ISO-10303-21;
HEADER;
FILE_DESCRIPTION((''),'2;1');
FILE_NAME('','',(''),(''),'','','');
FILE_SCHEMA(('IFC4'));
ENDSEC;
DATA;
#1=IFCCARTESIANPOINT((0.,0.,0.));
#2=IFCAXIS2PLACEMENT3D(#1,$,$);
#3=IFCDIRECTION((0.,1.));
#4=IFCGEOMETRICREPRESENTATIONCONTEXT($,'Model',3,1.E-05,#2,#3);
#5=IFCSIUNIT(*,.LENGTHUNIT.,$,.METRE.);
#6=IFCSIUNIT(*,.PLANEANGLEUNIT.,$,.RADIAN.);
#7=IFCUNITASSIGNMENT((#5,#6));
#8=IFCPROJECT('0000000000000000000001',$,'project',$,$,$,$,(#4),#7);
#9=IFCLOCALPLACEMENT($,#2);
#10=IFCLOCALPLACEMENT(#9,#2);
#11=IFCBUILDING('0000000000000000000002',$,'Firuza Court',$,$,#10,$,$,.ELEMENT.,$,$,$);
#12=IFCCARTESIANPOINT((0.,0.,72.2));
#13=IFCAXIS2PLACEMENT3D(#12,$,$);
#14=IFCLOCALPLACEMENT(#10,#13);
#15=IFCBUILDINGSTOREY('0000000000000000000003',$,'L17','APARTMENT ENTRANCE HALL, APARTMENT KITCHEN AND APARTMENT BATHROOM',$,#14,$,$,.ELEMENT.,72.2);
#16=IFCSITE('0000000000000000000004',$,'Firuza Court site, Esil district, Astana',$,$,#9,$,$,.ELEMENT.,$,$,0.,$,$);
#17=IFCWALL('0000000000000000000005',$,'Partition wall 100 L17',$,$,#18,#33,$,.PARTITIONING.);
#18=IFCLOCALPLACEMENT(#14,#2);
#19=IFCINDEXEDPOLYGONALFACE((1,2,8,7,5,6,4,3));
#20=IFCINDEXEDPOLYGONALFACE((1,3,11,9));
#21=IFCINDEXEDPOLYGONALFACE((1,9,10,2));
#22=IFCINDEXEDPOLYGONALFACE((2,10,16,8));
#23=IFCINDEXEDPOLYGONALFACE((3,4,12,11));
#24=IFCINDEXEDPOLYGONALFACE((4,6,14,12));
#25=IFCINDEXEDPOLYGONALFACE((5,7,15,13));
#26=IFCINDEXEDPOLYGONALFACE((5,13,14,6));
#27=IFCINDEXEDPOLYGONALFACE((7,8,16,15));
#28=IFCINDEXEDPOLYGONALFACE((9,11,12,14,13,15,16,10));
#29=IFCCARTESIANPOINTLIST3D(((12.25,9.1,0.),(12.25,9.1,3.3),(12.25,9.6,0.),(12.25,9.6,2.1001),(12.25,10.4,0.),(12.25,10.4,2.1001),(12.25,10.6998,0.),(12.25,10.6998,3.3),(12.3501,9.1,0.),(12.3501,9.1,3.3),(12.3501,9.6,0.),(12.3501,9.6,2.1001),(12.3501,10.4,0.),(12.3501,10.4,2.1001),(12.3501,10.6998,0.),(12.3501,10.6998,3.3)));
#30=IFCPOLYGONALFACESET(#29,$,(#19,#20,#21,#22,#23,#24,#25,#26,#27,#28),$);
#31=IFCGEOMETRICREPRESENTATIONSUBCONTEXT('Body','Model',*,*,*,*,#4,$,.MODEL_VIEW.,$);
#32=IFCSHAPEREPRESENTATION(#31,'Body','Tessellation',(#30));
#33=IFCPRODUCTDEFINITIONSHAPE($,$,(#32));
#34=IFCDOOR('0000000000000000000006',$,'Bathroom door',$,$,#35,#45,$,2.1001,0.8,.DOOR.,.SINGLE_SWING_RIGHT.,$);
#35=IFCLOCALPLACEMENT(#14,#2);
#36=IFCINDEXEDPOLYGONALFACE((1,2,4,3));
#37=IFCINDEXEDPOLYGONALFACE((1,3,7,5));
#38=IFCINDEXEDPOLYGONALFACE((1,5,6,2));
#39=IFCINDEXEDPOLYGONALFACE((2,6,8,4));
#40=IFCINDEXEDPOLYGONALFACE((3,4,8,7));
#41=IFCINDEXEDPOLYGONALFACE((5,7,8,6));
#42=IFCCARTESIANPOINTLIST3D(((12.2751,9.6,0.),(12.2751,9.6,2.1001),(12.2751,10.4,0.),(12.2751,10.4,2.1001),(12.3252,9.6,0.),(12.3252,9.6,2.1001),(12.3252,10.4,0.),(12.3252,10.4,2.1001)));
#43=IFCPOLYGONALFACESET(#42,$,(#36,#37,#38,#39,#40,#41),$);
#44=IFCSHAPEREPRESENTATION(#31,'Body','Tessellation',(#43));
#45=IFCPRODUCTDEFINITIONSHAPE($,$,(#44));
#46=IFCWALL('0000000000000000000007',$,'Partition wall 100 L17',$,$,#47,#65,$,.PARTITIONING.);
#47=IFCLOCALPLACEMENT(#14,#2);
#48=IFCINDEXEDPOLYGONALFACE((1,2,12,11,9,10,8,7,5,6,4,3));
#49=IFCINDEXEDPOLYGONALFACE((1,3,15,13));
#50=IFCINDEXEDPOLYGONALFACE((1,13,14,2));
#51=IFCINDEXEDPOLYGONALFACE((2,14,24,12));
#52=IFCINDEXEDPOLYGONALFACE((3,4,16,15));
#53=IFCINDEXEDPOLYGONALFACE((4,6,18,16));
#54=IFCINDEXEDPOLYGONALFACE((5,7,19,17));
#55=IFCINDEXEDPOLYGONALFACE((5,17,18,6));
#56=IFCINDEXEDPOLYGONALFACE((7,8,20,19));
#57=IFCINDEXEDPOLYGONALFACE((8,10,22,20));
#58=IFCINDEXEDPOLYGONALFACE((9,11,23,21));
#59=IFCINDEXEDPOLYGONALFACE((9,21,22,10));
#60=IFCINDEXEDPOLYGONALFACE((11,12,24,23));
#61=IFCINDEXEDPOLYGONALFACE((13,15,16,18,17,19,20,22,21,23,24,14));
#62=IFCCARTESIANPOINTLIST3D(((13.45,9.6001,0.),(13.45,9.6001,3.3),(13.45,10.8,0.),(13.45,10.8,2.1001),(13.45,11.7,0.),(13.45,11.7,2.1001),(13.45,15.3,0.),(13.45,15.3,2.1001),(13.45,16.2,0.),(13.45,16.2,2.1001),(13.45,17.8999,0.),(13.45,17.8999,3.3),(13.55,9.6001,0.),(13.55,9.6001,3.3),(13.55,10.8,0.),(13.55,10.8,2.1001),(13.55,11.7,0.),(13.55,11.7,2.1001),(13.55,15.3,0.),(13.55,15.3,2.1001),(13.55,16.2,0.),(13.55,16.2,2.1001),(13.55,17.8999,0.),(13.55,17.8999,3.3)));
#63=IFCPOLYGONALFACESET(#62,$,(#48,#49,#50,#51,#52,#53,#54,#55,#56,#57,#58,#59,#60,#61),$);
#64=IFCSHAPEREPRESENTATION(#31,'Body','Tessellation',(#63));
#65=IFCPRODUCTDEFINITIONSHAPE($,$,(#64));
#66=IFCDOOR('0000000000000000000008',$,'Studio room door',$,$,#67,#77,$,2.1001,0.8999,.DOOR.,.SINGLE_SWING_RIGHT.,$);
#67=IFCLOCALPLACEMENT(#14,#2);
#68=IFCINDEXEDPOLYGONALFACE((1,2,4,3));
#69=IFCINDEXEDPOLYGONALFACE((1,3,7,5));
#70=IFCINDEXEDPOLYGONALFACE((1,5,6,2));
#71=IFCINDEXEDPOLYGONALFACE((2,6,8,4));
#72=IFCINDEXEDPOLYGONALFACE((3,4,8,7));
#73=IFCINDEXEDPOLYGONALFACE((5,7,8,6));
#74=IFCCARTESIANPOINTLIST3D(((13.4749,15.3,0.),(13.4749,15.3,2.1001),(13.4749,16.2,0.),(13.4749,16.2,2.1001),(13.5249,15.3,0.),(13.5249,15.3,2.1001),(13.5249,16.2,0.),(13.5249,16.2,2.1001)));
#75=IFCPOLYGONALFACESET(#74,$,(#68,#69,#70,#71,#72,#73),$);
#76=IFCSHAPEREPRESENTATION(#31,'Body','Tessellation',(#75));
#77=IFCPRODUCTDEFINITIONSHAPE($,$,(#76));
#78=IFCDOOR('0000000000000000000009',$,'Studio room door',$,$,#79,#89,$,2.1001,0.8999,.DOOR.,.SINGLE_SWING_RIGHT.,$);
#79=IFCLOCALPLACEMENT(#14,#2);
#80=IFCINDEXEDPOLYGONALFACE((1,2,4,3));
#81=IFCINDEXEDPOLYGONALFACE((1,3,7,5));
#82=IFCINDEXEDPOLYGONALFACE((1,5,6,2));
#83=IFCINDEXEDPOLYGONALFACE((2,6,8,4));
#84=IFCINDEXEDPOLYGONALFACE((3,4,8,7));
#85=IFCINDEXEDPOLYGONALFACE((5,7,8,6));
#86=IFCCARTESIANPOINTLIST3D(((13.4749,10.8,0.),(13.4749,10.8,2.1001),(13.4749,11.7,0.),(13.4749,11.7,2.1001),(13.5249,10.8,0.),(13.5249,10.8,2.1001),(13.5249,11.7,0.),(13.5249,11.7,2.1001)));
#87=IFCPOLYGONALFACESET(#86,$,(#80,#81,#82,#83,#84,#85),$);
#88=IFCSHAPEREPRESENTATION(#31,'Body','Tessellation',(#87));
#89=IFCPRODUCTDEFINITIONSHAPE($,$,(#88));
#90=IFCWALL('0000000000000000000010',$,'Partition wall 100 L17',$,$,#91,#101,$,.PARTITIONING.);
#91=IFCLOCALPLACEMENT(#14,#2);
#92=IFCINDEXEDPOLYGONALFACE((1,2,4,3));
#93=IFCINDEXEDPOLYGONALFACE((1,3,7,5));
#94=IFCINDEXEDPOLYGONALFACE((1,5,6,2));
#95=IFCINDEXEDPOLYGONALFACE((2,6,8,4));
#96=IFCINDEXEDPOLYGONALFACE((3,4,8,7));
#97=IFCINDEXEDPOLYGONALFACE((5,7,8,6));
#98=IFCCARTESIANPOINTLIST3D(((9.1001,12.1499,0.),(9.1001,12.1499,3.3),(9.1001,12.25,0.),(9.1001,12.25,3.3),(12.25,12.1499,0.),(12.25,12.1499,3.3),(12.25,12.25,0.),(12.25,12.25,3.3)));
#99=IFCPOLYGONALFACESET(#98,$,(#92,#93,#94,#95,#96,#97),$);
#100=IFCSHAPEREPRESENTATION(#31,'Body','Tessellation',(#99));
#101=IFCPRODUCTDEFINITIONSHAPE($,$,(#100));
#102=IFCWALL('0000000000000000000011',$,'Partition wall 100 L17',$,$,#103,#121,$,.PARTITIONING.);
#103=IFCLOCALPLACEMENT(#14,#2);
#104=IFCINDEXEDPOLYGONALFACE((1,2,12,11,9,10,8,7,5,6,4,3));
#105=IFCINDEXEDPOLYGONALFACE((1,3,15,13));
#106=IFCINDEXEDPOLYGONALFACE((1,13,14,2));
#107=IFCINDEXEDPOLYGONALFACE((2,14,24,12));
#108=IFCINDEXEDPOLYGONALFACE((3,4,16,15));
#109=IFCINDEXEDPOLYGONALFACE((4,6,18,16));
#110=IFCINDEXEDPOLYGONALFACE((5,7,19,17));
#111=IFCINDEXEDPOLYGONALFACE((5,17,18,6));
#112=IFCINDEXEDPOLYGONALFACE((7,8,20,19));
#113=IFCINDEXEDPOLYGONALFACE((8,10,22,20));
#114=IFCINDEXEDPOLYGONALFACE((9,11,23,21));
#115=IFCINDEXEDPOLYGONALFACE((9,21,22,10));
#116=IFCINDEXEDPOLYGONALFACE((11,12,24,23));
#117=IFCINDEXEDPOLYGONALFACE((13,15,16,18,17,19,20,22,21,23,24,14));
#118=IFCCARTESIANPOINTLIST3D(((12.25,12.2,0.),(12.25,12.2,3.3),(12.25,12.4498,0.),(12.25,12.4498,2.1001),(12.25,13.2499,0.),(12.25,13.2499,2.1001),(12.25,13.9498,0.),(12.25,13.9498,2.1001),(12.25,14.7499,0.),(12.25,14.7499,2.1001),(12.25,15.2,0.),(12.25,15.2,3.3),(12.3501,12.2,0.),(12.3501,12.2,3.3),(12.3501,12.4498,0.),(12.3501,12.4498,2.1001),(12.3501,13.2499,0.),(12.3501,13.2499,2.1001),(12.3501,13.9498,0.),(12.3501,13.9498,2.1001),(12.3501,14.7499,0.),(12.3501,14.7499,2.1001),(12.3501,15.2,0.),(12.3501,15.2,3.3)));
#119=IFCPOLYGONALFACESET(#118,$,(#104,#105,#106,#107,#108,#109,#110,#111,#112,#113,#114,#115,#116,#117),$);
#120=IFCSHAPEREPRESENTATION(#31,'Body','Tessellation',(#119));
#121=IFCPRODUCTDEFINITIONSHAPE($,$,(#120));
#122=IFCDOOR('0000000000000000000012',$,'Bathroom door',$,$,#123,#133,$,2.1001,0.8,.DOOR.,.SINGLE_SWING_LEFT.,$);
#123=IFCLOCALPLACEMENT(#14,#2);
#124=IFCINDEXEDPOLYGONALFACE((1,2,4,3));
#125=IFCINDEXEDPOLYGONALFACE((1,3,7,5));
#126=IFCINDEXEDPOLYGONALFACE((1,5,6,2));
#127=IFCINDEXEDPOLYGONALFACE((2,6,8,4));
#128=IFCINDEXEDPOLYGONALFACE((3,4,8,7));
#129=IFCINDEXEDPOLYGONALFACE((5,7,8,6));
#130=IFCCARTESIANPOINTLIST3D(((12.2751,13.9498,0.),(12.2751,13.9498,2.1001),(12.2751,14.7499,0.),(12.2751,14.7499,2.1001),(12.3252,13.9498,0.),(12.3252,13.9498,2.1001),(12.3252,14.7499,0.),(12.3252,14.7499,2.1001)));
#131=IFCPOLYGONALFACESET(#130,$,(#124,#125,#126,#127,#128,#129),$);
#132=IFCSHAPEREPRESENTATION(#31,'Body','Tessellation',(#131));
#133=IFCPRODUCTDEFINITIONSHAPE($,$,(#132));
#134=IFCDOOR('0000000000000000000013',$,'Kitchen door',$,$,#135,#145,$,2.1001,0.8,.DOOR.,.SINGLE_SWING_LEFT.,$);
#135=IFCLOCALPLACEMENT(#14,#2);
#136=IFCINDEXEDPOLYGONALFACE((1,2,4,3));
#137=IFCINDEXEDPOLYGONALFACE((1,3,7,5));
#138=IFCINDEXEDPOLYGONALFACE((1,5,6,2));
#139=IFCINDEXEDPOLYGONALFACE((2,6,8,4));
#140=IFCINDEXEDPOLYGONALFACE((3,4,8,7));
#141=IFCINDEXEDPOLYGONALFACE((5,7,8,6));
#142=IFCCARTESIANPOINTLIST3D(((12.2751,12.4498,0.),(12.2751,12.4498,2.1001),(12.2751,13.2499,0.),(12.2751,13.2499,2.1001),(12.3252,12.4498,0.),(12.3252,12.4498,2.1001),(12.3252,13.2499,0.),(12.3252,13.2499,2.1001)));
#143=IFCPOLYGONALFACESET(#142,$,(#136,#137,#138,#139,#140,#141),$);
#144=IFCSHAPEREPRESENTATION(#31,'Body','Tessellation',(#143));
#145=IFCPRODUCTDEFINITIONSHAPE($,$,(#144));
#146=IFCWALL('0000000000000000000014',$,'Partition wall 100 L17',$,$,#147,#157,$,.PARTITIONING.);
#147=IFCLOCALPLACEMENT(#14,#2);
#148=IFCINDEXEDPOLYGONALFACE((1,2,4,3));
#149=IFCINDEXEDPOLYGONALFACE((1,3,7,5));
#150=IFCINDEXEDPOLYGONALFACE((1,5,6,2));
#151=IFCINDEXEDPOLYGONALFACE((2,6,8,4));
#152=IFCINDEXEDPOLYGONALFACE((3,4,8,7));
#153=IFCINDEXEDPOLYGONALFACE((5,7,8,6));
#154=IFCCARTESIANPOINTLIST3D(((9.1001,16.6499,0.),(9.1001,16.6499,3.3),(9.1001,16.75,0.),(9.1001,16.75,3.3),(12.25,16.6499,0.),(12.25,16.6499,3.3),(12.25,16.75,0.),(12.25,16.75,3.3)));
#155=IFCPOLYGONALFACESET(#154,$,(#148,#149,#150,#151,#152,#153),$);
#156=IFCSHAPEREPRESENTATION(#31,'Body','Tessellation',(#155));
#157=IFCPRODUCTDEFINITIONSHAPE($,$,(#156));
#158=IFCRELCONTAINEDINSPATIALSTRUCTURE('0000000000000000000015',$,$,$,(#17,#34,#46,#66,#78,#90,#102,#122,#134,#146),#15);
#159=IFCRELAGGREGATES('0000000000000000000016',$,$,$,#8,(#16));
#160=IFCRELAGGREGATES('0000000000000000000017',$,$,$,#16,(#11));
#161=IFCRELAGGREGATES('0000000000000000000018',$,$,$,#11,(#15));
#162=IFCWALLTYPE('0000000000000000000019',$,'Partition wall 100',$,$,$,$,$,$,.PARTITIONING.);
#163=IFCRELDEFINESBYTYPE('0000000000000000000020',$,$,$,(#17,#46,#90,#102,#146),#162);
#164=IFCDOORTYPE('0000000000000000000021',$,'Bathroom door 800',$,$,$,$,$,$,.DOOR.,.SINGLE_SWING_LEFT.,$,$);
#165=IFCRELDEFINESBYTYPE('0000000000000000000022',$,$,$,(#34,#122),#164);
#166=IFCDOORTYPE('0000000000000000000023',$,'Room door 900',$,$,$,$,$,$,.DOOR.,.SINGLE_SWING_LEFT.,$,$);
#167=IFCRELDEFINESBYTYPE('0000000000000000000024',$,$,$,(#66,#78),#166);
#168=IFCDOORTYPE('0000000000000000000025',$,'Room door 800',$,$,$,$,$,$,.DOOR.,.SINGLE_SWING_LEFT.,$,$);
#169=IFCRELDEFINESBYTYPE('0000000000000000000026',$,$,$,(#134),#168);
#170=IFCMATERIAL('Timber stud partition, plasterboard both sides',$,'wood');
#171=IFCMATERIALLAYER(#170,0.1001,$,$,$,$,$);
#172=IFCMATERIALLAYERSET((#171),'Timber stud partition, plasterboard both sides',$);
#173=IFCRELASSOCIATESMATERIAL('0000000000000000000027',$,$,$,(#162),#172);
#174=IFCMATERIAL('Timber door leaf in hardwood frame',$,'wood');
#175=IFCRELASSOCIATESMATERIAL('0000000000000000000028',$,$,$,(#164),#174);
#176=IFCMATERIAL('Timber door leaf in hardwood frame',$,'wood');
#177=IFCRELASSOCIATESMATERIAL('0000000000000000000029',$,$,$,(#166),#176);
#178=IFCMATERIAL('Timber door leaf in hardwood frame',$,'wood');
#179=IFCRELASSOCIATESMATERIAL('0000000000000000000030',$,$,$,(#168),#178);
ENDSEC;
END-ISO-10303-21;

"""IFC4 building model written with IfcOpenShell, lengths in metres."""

from ifc_helpers import new_model, si_unit, direction, frame, frame_2d, origin, place, context, subcontext, project, spatial, rectangle, extrude, material, layer, layer_set, type_object, element, fill, save


model = new_model("IFC4")

# Units and contexts
model_context = context("Model", 3, precision=1e-05, world=origin(), true_north=direction((0.0, 1.0)))
body_context = subcontext(model_context, "Body", "Model", "MODEL_VIEW")
ifc_project = project(units=[si_unit("LENGTHUNIT", "METRE"), si_unit("PLANEANGLEUNIT", "RADIAN")], contexts=[model_context])

# Site, building, storey
site_placement = place(None, origin())
site = spatial("IfcSite", under=ifc_project, at=site_placement, Name="Firuza Court site, Esil district, Astana", CompositionType="ELEMENT", RefElevation=0.0)
building_placement = place(site_placement, origin())
building = spatial("IfcBuilding", under=site, at=building_placement, Name="Firuza Court", CompositionType="ELEMENT")
storey_placement = place(building_placement, frame((0.0, 0.0, 72.2)))
storey = spatial("IfcBuildingStorey", under=building, at=storey_placement, Name="L17", Description="APARTMENT ENTRANCE HALL, APARTMENT KITCHEN AND APARTMENT BATHROOM", CompositionType="ELEMENT", Elevation=72.2)

# Wall, opening, door
ifc_material_1 = material(Name="Timber stud partition, plasterboard both sides", Category="wood")
ifc_layer_1 = layer(ifc_material_1, 0.1001)
ifc_layer_set_1 = layer_set([ifc_layer_1], Name="Timber stud partition, plasterboard both sides")
wall_type_1 = type_object("IfcWallType", Name="Partition wall 100", PredefinedType="PARTITIONING", material=ifc_layer_set_1)
wall_1_placement = place(storey_placement, frame((12.3, 9.1001, 0.0), z_axis=(0.0, 0.0, 1.0), x_axis=(0.0, 1.0, 0.0)))
wall_1 = element("IfcWall", 1, at=wall_1_placement, inside=storey, type_object=wall_type_1, Name="Partition wall 100 L17", PredefinedType="PARTITIONING", context=body_context, shape_type="SweptSolid", body=[
    extrude(rectangle(XDim=1.5999, YDim=0.1001, at=frame_2d((0.7998, 0.0))), origin(), (0.0, 0.0, 1.0), 3.3),
])
opening_1_placement = place(wall_1_placement, frame((0.5, 0.0, 0.0)))
opening_1 = element("IfcOpeningElement", 2, at=opening_1_placement, cuts=wall_1, PredefinedType="OPENING", context=body_context, shape_type="SweptSolid", body=[
    extrude(rectangle(XDim=0.8, YDim=2.1001, at=frame_2d((0.3999, 1.05))), frame((0.0, 0.062, 0.0), z_axis=(0.0, -1.0, 0.0), x_axis=(1.0, 0.0, 0.0)), (0.0, 0.0, 1.0), 0.124),
])
ifc_material_2 = material(Name="Timber door leaf in hardwood frame", Category="wood")
door_type_1 = type_object("IfcDoorType", Name="Bathroom door 800", OperationType="SINGLE_SWING_LEFT", PredefinedType="DOOR", material=ifc_material_2)
door_1_placement = place(opening_1_placement, origin())
door_1 = element("IfcDoor", 3, at=door_1_placement, inside=storey, type_object=door_type_1, Name="Bathroom door", OperationType="SINGLE_SWING_RIGHT", OverallHeight=2.1001, OverallWidth=0.8, PredefinedType="DOOR", context=body_context, shape_type="SweptSolid", body=[
    extrude(rectangle(XDim=0.8, YDim=2.1001, at=frame_2d((0.3999, 1.05))), frame((0.0, 0.0249, 0.0), z_axis=(0.0, -1.0, 0.0), x_axis=(1.0, 0.0, 0.0)), (0.0, 0.0, 1.0), 0.05),
])
fill(opening_1, door_1)

# Wall, openings, doors
wall_2_placement = place(storey_placement, frame((13.5, 9.6001, 0.0), z_axis=(0.0, 0.0, 1.0), x_axis=(0.0, 1.0, 0.0)))
wall_2 = element("IfcWall", 4, at=wall_2_placement, inside=storey, type_object=wall_type_1, Name="Partition wall 100 L17", PredefinedType="PARTITIONING", context=body_context, shape_type="SweptSolid", body=[
    extrude(rectangle(XDim=8.2998, YDim=0.1001, at=frame_2d((4.1499, 0.0))), origin(), (0.0, 0.0, 1.0), 3.3),
])
opening_2_placement = place(wall_2_placement, frame((5.7, 0.0, 0.0)))
opening_2 = element("IfcOpeningElement", 5, at=opening_2_placement, cuts=wall_2, PredefinedType="OPENING", context=body_context, shape_type="SweptSolid", body=[
    extrude(rectangle(XDim=0.8999, YDim=2.1001, at=frame_2d((0.45, 1.05))), frame((0.0, 0.062, 0.0), z_axis=(0.0, -1.0, 0.0), x_axis=(1.0, 0.0, 0.0)), (0.0, 0.0, 1.0), 0.124),
])
opening_3_placement = place(wall_2_placement, frame((1.2, 0.0, 0.0)))
opening_3 = element("IfcOpeningElement", 6, at=opening_3_placement, cuts=wall_2, PredefinedType="OPENING", context=body_context, shape_type="SweptSolid", body=[
    extrude(rectangle(XDim=0.8999, YDim=2.1001, at=frame_2d((0.45, 1.05))), frame((0.0, 0.062, 0.0), z_axis=(0.0, -1.0, 0.0), x_axis=(1.0, 0.0, 0.0)), (0.0, 0.0, 1.0), 0.124),
])
ifc_material_3 = material(Name="Timber door leaf in hardwood frame", Category="wood")
door_type_2 = type_object("IfcDoorType", Name="Room door 900", OperationType="SINGLE_SWING_LEFT", PredefinedType="DOOR", material=ifc_material_3)
door_2_placement = place(opening_2_placement, frame((0.8999, 0.0, 0.0), z_axis=(0.0, 0.0, 1.0), x_axis=(-1.0, 0.0, 0.0)))
door_2 = element("IfcDoor", 7, at=door_2_placement, inside=storey, type_object=door_type_2, Name="Studio room door", OperationType="SINGLE_SWING_RIGHT", OverallHeight=2.1001, OverallWidth=0.8999, PredefinedType="DOOR", context=body_context, shape_type="SweptSolid", body=[
    extrude(rectangle(XDim=0.8999, YDim=2.1001, at=frame_2d((0.45, 1.05))), frame((0.0, 0.0249, 0.0), z_axis=(0.0, -1.0, 0.0), x_axis=(1.0, 0.0, 0.0)), (0.0, 0.0, 1.0), 0.05),
])
fill(opening_2, door_2)
door_3_placement = place(opening_3_placement, frame((0.8999, 0.0, 0.0), z_axis=(0.0, 0.0, 1.0), x_axis=(-1.0, 0.0, 0.0)))
door_3 = element("IfcDoor", 8, at=door_3_placement, inside=storey, type_object=door_type_2, Name="Studio room door", OperationType="SINGLE_SWING_RIGHT", OverallHeight=2.1001, OverallWidth=0.8999, PredefinedType="DOOR", context=body_context, shape_type="SweptSolid", body=[
    extrude(rectangle(XDim=0.8999, YDim=2.1001, at=frame_2d((0.45, 1.05))), frame((0.0, 0.0249, 0.0), z_axis=(0.0, -1.0, 0.0), x_axis=(1.0, 0.0, 0.0)), (0.0, 0.0, 1.0), 0.05),
])
fill(opening_3, door_3)

# Wall
wall_3_placement = place(storey_placement, frame((9.1001, 12.2, 0.0), z_axis=(0.0, 0.0, 1.0), x_axis=(1.0, 0.0, 0.0)))
element("IfcWall", 9, at=wall_3_placement, inside=storey, type_object=wall_type_1, Name="Partition wall 100 L17", PredefinedType="PARTITIONING", context=body_context, shape_type="SweptSolid", body=[
    extrude(rectangle(XDim=3.1499, YDim=0.1001, at=frame_2d((1.575, 0.0))), origin(), (0.0, 0.0, 1.0), 3.3),
])

# Wall, openings, doors
wall_4_placement = place(storey_placement, frame((12.3, 12.2, 0.0), z_axis=(0.0, 0.0, 1.0), x_axis=(0.0, 1.0, 0.0)))
wall_4 = element("IfcWall", 10, at=wall_4_placement, inside=storey, type_object=wall_type_1, Name="Partition wall 100 L17", PredefinedType="PARTITIONING", context=body_context, shape_type="SweptSolid", body=[
    extrude(rectangle(XDim=3.0, YDim=0.1001, at=frame_2d((1.5, 0.0))), origin(), (0.0, 0.0, 1.0), 3.3),
])
opening_4_placement = place(wall_4_placement, frame((1.75, 0.0, 0.0)))
opening_4 = element("IfcOpeningElement", 11, at=opening_4_placement, cuts=wall_4, PredefinedType="OPENING", context=body_context, shape_type="SweptSolid", body=[
    extrude(rectangle(XDim=0.8, YDim=2.1001, at=frame_2d((0.3999, 1.05))), frame((0.0, 0.062, 0.0), z_axis=(0.0, -1.0, 0.0), x_axis=(1.0, 0.0, 0.0)), (0.0, 0.0, 1.0), 0.124),
])
opening_5_placement = place(wall_4_placement, frame((0.25, 0.0, 0.0)))
opening_5 = element("IfcOpeningElement", 12, at=opening_5_placement, cuts=wall_4, PredefinedType="OPENING", context=body_context, shape_type="SweptSolid", body=[
    extrude(rectangle(XDim=0.8, YDim=2.1001, at=frame_2d((0.3999, 1.05))), frame((0.0, 0.062, 0.0), z_axis=(0.0, -1.0, 0.0), x_axis=(1.0, 0.0, 0.0)), (0.0, 0.0, 1.0), 0.124),
])
door_4_placement = place(opening_4_placement, origin())
door_4 = element("IfcDoor", 13, at=door_4_placement, inside=storey, type_object=door_type_1, Name="Bathroom door", OperationType="SINGLE_SWING_LEFT", OverallHeight=2.1001, OverallWidth=0.8, PredefinedType="DOOR", context=body_context, shape_type="SweptSolid", body=[
    extrude(rectangle(XDim=0.8, YDim=2.1001, at=frame_2d((0.3999, 1.05))), frame((0.0, 0.0249, 0.0), z_axis=(0.0, -1.0, 0.0), x_axis=(1.0, 0.0, 0.0)), (0.0, 0.0, 1.0), 0.05),
])
fill(opening_4, door_4)
ifc_material_4 = material(Name="Timber door leaf in hardwood frame", Category="wood")
door_type_3 = type_object("IfcDoorType", Name="Room door 800", OperationType="SINGLE_SWING_LEFT", PredefinedType="DOOR", material=ifc_material_4)
door_5_placement = place(opening_5_placement, origin())
door_5 = element("IfcDoor", 14, at=door_5_placement, inside=storey, type_object=door_type_3, Name="Kitchen door", OperationType="SINGLE_SWING_LEFT", OverallHeight=2.1001, OverallWidth=0.8, PredefinedType="DOOR", context=body_context, shape_type="SweptSolid", body=[
    extrude(rectangle(XDim=0.8, YDim=2.1001, at=frame_2d((0.3999, 1.05))), frame((0.0, 0.0249, 0.0), z_axis=(0.0, -1.0, 0.0), x_axis=(1.0, 0.0, 0.0)), (0.0, 0.0, 1.0), 0.05),
])
fill(opening_5, door_5)

# Wall
wall_5_placement = place(storey_placement, frame((9.1001, 16.7, 0.0), z_axis=(0.0, 0.0, 1.0), x_axis=(1.0, 0.0, 0.0)))
element("IfcWall", 15, at=wall_5_placement, inside=storey, type_object=wall_type_1, Name="Partition wall 100 L17", PredefinedType="PARTITIONING", context=body_context, shape_type="SweptSolid", body=[
    extrude(rectangle(XDim=3.1499, YDim=0.1001, at=frame_2d((1.575, 0.0))), origin(), (0.0, 0.0, 1.0), 3.3),
])

save(model, "model.ifc")
